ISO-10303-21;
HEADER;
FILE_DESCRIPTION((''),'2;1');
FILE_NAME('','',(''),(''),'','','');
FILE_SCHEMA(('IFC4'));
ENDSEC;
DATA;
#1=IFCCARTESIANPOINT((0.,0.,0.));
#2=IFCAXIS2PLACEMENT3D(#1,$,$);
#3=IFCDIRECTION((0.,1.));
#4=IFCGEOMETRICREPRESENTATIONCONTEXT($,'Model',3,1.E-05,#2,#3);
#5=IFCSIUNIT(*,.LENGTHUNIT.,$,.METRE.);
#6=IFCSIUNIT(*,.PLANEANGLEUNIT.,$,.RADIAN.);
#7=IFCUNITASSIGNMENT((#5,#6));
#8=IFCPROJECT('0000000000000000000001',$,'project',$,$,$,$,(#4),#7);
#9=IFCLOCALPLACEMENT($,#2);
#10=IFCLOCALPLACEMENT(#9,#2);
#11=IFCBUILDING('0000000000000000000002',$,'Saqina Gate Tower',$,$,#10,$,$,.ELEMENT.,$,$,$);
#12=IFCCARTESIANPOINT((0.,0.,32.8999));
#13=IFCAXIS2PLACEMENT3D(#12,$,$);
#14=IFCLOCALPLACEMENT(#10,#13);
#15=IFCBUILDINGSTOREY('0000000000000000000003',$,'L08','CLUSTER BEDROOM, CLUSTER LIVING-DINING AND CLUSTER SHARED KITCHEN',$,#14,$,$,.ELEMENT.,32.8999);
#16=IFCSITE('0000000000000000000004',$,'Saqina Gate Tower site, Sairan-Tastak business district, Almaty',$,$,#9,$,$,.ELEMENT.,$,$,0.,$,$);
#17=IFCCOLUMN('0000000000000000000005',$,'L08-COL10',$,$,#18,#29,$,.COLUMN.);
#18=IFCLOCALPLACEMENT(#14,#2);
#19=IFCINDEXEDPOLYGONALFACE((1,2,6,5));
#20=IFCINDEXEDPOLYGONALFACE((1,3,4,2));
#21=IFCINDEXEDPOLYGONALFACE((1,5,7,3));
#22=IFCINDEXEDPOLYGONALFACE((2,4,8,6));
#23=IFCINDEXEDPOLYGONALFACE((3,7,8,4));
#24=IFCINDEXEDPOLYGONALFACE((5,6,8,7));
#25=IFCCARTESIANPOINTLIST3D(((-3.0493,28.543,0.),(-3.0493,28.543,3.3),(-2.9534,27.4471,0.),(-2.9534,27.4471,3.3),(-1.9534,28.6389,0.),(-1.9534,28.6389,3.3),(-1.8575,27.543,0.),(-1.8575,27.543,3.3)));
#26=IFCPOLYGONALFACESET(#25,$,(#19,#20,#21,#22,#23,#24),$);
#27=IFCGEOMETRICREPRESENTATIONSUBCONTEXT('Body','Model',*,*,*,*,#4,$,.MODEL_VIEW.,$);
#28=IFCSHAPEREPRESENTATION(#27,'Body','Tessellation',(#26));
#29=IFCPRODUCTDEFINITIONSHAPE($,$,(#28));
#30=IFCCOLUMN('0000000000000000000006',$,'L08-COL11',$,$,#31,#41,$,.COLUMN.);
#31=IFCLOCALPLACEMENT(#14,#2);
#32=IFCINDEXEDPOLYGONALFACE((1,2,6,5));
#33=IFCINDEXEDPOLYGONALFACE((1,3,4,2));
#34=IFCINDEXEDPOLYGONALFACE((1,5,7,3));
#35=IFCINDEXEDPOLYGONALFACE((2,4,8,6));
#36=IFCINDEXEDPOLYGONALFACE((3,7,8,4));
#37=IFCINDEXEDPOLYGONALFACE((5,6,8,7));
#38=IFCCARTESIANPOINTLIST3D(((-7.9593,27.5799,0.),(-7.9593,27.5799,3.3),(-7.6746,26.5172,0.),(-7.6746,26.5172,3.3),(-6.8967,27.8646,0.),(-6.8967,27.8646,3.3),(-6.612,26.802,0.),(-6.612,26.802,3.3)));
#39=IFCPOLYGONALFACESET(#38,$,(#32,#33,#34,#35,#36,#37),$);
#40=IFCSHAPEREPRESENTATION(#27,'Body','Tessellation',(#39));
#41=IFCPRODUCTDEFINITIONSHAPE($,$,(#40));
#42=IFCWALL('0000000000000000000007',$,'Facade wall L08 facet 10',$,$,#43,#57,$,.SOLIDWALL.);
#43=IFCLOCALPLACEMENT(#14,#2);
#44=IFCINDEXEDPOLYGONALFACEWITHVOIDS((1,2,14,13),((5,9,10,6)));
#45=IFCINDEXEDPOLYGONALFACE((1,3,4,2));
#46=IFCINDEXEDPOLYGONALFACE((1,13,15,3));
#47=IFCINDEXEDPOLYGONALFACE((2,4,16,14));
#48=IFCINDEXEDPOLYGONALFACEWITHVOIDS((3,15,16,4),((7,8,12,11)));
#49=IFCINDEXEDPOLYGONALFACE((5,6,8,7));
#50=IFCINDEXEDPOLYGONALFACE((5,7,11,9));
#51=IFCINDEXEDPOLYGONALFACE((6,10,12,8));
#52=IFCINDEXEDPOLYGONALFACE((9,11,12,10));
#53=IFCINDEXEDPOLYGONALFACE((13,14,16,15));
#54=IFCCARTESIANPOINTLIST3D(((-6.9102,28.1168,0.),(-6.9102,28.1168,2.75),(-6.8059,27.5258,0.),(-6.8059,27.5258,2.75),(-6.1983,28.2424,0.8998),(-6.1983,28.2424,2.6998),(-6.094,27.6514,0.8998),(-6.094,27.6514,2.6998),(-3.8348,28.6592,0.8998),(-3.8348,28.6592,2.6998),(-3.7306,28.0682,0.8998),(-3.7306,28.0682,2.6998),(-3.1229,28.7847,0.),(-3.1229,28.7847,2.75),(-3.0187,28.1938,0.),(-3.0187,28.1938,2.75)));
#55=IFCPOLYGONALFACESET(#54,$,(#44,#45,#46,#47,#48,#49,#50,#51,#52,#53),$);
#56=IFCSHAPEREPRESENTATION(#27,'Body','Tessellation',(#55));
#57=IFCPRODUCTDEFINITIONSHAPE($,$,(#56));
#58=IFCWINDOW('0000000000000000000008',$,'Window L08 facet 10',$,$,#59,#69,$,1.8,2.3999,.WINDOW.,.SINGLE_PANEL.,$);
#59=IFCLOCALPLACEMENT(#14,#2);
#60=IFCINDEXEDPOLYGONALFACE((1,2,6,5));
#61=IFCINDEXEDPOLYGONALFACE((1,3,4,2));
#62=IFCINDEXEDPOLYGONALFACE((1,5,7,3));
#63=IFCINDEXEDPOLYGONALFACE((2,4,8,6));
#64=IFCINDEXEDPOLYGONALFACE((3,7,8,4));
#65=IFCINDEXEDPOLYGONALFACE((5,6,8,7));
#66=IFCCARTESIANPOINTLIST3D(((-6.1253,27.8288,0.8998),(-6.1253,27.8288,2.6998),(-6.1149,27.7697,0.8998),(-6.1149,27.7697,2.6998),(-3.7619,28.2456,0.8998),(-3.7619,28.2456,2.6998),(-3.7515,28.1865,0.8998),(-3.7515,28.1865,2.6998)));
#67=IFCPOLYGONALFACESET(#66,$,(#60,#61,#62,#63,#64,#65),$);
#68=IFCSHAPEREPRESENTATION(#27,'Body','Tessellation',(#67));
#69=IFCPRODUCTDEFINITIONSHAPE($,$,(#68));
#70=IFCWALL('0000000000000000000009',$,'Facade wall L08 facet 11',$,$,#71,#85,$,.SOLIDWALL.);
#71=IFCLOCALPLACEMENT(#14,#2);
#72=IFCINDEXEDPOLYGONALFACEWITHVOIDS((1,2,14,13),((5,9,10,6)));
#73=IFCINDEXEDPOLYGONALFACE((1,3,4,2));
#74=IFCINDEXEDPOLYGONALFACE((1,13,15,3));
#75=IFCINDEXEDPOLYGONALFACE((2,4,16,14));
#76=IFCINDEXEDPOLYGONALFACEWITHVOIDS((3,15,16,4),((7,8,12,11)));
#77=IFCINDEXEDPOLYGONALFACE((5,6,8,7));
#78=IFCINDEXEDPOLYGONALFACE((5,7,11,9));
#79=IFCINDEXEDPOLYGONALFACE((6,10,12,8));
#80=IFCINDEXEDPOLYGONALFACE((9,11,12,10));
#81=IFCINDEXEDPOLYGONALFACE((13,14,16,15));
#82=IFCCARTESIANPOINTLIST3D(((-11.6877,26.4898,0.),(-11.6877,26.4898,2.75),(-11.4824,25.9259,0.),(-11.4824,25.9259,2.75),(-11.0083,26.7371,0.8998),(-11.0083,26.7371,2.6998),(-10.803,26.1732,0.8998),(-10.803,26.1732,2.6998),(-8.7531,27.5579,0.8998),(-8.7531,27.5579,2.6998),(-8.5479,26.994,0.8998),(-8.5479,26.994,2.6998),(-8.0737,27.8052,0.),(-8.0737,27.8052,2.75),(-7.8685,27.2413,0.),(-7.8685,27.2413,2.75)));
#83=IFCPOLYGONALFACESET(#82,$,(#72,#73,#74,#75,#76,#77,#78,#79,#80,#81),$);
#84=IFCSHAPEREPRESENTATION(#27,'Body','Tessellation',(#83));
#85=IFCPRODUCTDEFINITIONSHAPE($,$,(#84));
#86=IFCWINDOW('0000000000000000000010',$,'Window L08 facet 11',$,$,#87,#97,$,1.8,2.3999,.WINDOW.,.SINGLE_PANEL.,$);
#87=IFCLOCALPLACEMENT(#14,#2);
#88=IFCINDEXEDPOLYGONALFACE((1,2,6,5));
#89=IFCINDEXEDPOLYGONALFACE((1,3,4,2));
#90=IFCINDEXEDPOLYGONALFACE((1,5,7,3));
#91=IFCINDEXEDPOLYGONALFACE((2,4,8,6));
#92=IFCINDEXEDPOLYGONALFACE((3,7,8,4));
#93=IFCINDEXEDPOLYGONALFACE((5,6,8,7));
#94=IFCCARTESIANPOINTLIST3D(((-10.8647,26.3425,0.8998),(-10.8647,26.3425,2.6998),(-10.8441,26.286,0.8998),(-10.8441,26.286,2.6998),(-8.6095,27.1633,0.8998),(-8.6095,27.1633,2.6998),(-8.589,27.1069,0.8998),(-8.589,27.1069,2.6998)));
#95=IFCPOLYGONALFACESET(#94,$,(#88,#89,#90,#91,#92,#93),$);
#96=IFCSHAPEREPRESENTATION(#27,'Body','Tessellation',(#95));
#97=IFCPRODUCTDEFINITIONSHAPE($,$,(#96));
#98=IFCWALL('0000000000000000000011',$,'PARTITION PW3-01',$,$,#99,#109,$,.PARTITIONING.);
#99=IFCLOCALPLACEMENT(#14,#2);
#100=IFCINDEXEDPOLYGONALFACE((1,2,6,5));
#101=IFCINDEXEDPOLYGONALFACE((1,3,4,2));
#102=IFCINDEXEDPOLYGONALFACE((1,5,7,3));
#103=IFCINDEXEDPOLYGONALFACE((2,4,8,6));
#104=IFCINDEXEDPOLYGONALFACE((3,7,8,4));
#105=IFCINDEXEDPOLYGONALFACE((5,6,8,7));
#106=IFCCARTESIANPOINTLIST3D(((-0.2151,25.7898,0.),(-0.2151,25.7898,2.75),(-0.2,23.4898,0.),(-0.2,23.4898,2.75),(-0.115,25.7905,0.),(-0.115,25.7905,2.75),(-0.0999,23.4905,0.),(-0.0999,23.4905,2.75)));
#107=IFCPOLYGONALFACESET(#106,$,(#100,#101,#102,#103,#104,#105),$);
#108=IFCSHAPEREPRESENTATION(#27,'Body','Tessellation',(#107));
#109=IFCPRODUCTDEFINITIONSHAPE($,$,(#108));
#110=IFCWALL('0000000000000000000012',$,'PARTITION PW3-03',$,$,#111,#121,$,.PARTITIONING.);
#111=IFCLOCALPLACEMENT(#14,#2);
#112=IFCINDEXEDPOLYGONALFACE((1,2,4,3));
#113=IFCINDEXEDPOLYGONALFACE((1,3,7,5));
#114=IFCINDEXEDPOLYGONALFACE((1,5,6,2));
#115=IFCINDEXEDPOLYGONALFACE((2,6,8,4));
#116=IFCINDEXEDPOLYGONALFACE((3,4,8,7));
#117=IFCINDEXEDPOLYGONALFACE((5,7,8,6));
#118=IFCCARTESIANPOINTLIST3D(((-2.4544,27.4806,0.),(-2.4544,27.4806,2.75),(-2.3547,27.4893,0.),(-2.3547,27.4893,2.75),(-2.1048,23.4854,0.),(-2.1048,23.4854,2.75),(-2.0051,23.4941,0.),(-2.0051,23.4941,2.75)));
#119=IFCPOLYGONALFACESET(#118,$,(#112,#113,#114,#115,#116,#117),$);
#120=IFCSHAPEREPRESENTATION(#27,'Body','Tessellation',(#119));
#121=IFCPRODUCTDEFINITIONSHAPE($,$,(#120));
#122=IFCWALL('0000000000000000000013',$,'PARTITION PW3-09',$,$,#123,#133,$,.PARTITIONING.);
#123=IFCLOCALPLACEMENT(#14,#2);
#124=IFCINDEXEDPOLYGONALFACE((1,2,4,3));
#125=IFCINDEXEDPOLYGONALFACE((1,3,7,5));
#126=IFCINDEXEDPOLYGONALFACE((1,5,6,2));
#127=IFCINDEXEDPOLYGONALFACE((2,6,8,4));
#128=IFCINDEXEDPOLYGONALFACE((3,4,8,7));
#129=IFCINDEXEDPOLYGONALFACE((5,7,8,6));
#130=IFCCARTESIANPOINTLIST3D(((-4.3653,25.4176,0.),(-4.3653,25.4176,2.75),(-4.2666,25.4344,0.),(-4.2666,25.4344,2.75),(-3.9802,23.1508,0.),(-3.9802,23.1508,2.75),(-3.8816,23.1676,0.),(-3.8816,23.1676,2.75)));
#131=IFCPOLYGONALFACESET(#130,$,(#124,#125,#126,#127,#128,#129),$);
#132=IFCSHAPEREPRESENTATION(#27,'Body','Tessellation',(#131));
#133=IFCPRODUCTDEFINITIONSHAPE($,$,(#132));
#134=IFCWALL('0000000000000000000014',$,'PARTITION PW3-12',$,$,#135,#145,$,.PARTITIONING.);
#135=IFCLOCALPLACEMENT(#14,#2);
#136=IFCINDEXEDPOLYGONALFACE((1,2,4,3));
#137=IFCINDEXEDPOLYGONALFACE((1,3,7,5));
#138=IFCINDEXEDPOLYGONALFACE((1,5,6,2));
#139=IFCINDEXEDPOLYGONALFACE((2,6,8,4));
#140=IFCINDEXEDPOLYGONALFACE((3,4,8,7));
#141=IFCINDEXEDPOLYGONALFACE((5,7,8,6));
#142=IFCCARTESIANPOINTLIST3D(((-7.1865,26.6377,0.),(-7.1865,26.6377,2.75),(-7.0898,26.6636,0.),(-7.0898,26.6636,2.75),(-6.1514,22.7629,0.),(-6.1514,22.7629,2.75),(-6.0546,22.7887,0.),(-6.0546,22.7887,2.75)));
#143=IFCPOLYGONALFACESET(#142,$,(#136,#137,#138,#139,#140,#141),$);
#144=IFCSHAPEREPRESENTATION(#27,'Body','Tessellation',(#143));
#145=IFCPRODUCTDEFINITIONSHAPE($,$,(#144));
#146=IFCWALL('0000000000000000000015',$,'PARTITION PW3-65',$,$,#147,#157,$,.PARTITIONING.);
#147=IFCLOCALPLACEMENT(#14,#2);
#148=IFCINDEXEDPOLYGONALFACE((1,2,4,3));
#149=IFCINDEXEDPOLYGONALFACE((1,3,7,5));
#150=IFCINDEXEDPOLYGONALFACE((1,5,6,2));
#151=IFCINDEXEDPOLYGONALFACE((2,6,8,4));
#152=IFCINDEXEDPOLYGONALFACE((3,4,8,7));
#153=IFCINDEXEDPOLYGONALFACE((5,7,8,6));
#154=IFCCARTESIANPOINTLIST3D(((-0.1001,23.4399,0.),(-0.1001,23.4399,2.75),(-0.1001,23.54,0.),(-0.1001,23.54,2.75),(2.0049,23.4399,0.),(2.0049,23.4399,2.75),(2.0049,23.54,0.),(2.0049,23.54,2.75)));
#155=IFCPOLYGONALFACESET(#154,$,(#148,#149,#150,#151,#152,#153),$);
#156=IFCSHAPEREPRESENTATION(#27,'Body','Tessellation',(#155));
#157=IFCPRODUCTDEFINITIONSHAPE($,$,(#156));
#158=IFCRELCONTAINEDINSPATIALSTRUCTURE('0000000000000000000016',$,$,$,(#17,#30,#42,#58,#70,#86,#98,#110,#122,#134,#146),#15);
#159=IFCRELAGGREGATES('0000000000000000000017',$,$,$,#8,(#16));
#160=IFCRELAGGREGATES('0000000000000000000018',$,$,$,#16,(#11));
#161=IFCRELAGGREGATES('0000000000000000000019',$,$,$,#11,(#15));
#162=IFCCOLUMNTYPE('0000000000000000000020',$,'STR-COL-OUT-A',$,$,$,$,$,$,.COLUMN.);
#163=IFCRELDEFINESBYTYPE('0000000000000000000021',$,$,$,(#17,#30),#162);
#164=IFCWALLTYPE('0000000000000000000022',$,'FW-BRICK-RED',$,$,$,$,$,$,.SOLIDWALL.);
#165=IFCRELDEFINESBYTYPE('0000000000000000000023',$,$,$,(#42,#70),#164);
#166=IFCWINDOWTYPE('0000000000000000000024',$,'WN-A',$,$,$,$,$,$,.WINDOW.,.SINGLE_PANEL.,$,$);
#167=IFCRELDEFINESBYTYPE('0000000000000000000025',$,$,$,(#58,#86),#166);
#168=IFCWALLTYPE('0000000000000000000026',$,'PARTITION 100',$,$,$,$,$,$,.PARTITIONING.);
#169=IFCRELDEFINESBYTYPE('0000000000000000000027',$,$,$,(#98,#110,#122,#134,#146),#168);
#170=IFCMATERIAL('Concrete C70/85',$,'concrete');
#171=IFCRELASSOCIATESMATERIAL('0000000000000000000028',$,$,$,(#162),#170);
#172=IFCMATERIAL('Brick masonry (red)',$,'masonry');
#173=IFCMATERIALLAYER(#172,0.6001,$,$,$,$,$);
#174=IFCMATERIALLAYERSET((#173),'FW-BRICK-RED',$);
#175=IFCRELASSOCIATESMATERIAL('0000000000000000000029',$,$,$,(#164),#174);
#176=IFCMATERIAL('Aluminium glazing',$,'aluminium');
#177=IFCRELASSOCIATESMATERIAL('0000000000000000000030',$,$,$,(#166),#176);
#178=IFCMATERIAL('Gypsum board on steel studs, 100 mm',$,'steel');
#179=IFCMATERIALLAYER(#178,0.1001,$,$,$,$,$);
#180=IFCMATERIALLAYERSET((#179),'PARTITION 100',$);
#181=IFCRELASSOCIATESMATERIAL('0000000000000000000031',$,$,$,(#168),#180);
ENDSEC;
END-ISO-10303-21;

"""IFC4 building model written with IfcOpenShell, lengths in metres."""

from ifc_helpers import new_model, si_unit, direction, frame, frame_2d, origin, origin_2d, place, context, subcontext, project, spatial, rectangle, extrude, material, layer, layer_set, material_profile, profile_set, type_object, element, fill, save


model = new_model("IFC4")

# Units and contexts
model_context = context("Model", 3, precision=1e-05, world=origin(), true_north=direction((0.0, 1.0)))
body_context = subcontext(model_context, "Body", "Model", "MODEL_VIEW")
ifc_project = project(units=[si_unit("LENGTHUNIT", "METRE"), si_unit("PLANEANGLEUNIT", "RADIAN")], contexts=[model_context])

# Site, building, storey
site_placement = place(None, origin())
site = spatial("IfcSite", under=ifc_project, at=site_placement, Name="Saqina Gate Tower site, Sairan-Tastak business district, Almaty", CompositionType="ELEMENT", RefElevation=0.0)
building_placement = place(site_placement, origin())
building = spatial("IfcBuilding", under=site, at=building_placement, Name="Saqina Gate Tower", CompositionType="ELEMENT")
storey_placement = place(building_placement, frame((0.0, 0.0, 32.8999)))
storey = spatial("IfcBuildingStorey", under=building, at=storey_placement, Name="L08", Description="CLUSTER BEDROOM, CLUSTER LIVING-DINING AND CLUSTER SHARED KITCHEN", CompositionType="ELEMENT", Elevation=32.8999)

# Columns
ifc_material_1 = material(Name="Concrete C70/85", Category="concrete")
ifc_material_profile = material_profile(ifc_material_1, rectangle(XDim=1.1001, YDim=1.1001, at=origin_2d()), Name="RC 1100x1100")
ifc_profile_set = profile_set([ifc_material_profile], Name="Concrete C70/85")
column_type = type_object("IfcColumnType", Name="STR-COL-OUT-A", PredefinedType="COLUMN", material=ifc_profile_set)
for number, where, z_axis, x_axis, name in (
    (1, (-2.4534, 28.043, 0.0), (0.0, 0.0, 1.0), (-0.087156, 0.996195, 0.0), "L08-COL10"),
    (2, (-7.2856, 27.1909, 0.0), (0.0, 0.0, 1.0), (-0.258819, 0.965926, 0.0), "L08-COL11"),
):
    element("IfcColumn", number, at=place(storey_placement, frame(where, z_axis=z_axis, x_axis=x_axis)), inside=storey, type_object=column_type, Name=name, PredefinedType="COLUMN", context=body_context, shape_type="SweptSolid", body=[
        extrude(rectangle(XDim=1.1001, YDim=1.1001, at=origin_2d()), origin(), (0.0, 0.0, 1.0), 3.3),
    ])

# Walls, openings, windows
ifc_material_2 = material(Name="Brick masonry (red)", Category="masonry")
ifc_layer_1 = layer(ifc_material_2, 0.6001)
ifc_layer_set_1 = layer_set([ifc_layer_1], Name="FW-BRICK-RED")
wall_type_1 = type_object("IfcWallType", Name="FW-BRICK-RED", PredefinedType="SOLIDWALL", material=ifc_layer_set_1)
wall_1_placement = place(storey_placement, frame((-3.0708, 28.4893, 0.0), z_axis=(0.0, 0.0, 1.0), x_axis=(-0.984801, -0.173688, 0.0)))
wall_1 = element("IfcWall", 3, at=wall_1_placement, inside=storey, type_object=wall_type_1, Name="Facade wall L08 facet 10", PredefinedType="SOLIDWALL", context=body_context, shape_type="SweptSolid", body=[
    extrude(rectangle(XDim=3.8457, YDim=0.6001, at=frame_2d((1.9229, 0.0))), origin(), (0.0, 0.0, 1.0), 2.75),
])
opening_1_placement = place(wall_1_placement, frame((0.7229, 0.0, 0.8999)))
opening_1 = element("IfcOpeningElement", 4, at=opening_1_placement, cuts=wall_1, PredefinedType="OPENING", context=body_context, shape_type="SweptSolid", body=[
    extrude(rectangle(XDim=2.3999, YDim=1.8, at=frame_2d((1.2, 0.8999))), frame((0.0, 0.312, 0.0), z_axis=(0.0, -1.0, 0.0), x_axis=(1.0, 0.0, 0.0)), (0.0, 0.0, 1.0), 0.624),
])
ifc_material_3 = material(Name="Aluminium glazing", Category="aluminium")
window_type = type_object("IfcWindowType", Name="WN-A", PartitioningType="SINGLE_PANEL", PredefinedType="WINDOW", material=ifc_material_3)
window_1_placement = place(opening_1_placement, origin())
window_1 = element("IfcWindow", 5, at=window_1_placement, inside=storey, type_object=window_type, Name="Window L08 facet 10", OverallHeight=1.8, OverallWidth=2.3999, PartitioningType="SINGLE_PANEL", PredefinedType="WINDOW", context=body_context, shape_type="SweptSolid", body=[
    extrude(rectangle(XDim=2.3999, YDim=1.8, at=frame_2d((1.2, 0.8999))), frame((0.0, 0.1799, 0.0), z_axis=(0.0, -1.0, 0.0), x_axis=(1.0, 0.0, 0.0)), (0.0, 0.0, 1.0), 0.0601),
])
fill(opening_1, window_1)
wall_2_placement = place(storey_placement, frame((-7.9712, 27.5232, 0.0), z_axis=(0.0, 0.0, 1.0), x_axis=(-0.93969, -0.342028, 0.0)))
wall_2 = element("IfcWall", 6, at=wall_2_placement, inside=storey, type_object=wall_type_1, Name="Facade wall L08 facet 11", PredefinedType="SOLIDWALL", context=body_context, shape_type="SweptSolid", body=[
    extrude(rectangle(XDim=3.8459, YDim=0.6001, at=frame_2d((1.9229, 0.0))), origin(), (0.0, 0.0, 1.0), 2.75),
])
opening_2_placement = place(wall_2_placement, frame((0.7229, 0.0, 0.8999)))
opening_2 = element("IfcOpeningElement", 7, at=opening_2_placement, cuts=wall_2, PredefinedType="OPENING", context=body_context, shape_type="SweptSolid", body=[
    extrude(rectangle(XDim=2.3999, YDim=1.8, at=frame_2d((1.2, 0.8999))), frame((0.0, 0.312, 0.0), z_axis=(0.0, -1.0, 0.0), x_axis=(1.0, 0.0, 0.0)), (0.0, 0.0, 1.0), 0.624),
])
window_2_placement = place(opening_2_placement, origin())
window_2 = element("IfcWindow", 8, at=window_2_placement, inside=storey, type_object=window_type, Name="Window L08 facet 11", OverallHeight=1.8, OverallWidth=2.3999, PartitioningType="SINGLE_PANEL", PredefinedType="WINDOW", context=body_context, shape_type="SweptSolid", body=[
    extrude(rectangle(XDim=2.3999, YDim=1.8, at=frame_2d((1.2, 0.8999))), frame((0.0, 0.1799, 0.0), z_axis=(0.0, -1.0, 0.0), x_axis=(1.0, 0.0, 0.0)), (0.0, 0.0, 1.0), 0.0601),
])
fill(opening_2, window_2)

# Walls
ifc_material_4 = material(Name="Gypsum board on steel studs, 100 mm", Category="steel")
ifc_layer_2 = layer(ifc_material_4, 0.1001)
ifc_layer_set_2 = layer_set([ifc_layer_2], Name="PARTITION 100")
wall_type_2 = type_object("IfcWallType", Name="PARTITION 100", PredefinedType="PARTITIONING", material=ifc_layer_set_2)
wall_3_placement = place(storey_placement, frame((-0.165, 25.79, 0.0), z_axis=(0.0, 0.0, 1.0), x_axis=(0.006581, -0.999978, 0.0)))
element("IfcWall", 9, at=wall_3_placement, inside=storey, type_object=wall_type_2, Name="PARTITION PW3-01", PredefinedType="PARTITIONING", context=body_context, shape_type="SweptSolid", body=[
    extrude(rectangle(XDim=2.3, YDim=0.1001, at=frame_2d((1.1499, 0.0))), origin(), (0.0, 0.0, 1.0), 2.75),
])
wall_4_placement = place(storey_placement, frame((-2.4045, 27.4851, 0.0), z_axis=(0.0, 0.0, 1.0), x_axis=(0.087176, -0.996193, 0.0)))
element("IfcWall", 10, at=wall_4_placement, inside=storey, type_object=wall_type_2, Name="PARTITION PW3-03", PredefinedType="PARTITIONING", context=body_context, shape_type="SweptSolid", body=[
    extrude(rectangle(XDim=4.0105, YDim=0.1001, at=frame_2d((2.0054, 0.0))), origin(), (0.0, 0.0, 1.0), 2.75),
])
wall_5_placement = place(storey_placement, frame((-4.3159, 25.426, 0.0), z_axis=(0.0, 0.0, 1.0), x_axis=(0.167446, -0.985881, 0.0)))
element("IfcWall", 11, at=wall_5_placement, inside=storey, type_object=wall_type_2, Name="PARTITION PW3-09", PredefinedType="PARTITIONING", context=body_context, shape_type="SweptSolid", body=[
    extrude(rectangle(XDim=2.2993, YDim=0.1001, at=frame_2d((1.1497, 0.0))), origin(), (0.0, 0.0, 1.0), 2.75),
])
wall_6_placement = place(storey_placement, frame((-7.1382, 26.6506, 0.0), z_axis=(0.0, 0.0, 1.0), x_axis=(0.258102, -0.966118, 0.0)))
element("IfcWall", 12, at=wall_6_placement, inside=storey, type_object=wall_type_2, Name="PARTITION PW3-12", PredefinedType="PARTITIONING", context=body_context, shape_type="SweptSolid", body=[
    extrude(rectangle(XDim=4.0107, YDim=0.1001, at=frame_2d((2.0054, 0.0))), origin(), (0.0, 0.0, 1.0), 2.75),
])
wall_7_placement = place(storey_placement, frame((-0.1001, 23.49, 0.0), z_axis=(0.0, 0.0, 1.0), x_axis=(1.0, 0.0, 0.0)))
element("IfcWall", 13, at=wall_7_placement, inside=storey, type_object=wall_type_2, Name="PARTITION PW3-65", PredefinedType="PARTITIONING", context=body_context, shape_type="SweptSolid", body=[
    extrude(rectangle(XDim=2.105, YDim=0.1001, at=frame_2d((1.0525, 0.0))), origin(), (0.0, 0.0, 1.0), 2.75),
])

save(model, "model.ifc")
